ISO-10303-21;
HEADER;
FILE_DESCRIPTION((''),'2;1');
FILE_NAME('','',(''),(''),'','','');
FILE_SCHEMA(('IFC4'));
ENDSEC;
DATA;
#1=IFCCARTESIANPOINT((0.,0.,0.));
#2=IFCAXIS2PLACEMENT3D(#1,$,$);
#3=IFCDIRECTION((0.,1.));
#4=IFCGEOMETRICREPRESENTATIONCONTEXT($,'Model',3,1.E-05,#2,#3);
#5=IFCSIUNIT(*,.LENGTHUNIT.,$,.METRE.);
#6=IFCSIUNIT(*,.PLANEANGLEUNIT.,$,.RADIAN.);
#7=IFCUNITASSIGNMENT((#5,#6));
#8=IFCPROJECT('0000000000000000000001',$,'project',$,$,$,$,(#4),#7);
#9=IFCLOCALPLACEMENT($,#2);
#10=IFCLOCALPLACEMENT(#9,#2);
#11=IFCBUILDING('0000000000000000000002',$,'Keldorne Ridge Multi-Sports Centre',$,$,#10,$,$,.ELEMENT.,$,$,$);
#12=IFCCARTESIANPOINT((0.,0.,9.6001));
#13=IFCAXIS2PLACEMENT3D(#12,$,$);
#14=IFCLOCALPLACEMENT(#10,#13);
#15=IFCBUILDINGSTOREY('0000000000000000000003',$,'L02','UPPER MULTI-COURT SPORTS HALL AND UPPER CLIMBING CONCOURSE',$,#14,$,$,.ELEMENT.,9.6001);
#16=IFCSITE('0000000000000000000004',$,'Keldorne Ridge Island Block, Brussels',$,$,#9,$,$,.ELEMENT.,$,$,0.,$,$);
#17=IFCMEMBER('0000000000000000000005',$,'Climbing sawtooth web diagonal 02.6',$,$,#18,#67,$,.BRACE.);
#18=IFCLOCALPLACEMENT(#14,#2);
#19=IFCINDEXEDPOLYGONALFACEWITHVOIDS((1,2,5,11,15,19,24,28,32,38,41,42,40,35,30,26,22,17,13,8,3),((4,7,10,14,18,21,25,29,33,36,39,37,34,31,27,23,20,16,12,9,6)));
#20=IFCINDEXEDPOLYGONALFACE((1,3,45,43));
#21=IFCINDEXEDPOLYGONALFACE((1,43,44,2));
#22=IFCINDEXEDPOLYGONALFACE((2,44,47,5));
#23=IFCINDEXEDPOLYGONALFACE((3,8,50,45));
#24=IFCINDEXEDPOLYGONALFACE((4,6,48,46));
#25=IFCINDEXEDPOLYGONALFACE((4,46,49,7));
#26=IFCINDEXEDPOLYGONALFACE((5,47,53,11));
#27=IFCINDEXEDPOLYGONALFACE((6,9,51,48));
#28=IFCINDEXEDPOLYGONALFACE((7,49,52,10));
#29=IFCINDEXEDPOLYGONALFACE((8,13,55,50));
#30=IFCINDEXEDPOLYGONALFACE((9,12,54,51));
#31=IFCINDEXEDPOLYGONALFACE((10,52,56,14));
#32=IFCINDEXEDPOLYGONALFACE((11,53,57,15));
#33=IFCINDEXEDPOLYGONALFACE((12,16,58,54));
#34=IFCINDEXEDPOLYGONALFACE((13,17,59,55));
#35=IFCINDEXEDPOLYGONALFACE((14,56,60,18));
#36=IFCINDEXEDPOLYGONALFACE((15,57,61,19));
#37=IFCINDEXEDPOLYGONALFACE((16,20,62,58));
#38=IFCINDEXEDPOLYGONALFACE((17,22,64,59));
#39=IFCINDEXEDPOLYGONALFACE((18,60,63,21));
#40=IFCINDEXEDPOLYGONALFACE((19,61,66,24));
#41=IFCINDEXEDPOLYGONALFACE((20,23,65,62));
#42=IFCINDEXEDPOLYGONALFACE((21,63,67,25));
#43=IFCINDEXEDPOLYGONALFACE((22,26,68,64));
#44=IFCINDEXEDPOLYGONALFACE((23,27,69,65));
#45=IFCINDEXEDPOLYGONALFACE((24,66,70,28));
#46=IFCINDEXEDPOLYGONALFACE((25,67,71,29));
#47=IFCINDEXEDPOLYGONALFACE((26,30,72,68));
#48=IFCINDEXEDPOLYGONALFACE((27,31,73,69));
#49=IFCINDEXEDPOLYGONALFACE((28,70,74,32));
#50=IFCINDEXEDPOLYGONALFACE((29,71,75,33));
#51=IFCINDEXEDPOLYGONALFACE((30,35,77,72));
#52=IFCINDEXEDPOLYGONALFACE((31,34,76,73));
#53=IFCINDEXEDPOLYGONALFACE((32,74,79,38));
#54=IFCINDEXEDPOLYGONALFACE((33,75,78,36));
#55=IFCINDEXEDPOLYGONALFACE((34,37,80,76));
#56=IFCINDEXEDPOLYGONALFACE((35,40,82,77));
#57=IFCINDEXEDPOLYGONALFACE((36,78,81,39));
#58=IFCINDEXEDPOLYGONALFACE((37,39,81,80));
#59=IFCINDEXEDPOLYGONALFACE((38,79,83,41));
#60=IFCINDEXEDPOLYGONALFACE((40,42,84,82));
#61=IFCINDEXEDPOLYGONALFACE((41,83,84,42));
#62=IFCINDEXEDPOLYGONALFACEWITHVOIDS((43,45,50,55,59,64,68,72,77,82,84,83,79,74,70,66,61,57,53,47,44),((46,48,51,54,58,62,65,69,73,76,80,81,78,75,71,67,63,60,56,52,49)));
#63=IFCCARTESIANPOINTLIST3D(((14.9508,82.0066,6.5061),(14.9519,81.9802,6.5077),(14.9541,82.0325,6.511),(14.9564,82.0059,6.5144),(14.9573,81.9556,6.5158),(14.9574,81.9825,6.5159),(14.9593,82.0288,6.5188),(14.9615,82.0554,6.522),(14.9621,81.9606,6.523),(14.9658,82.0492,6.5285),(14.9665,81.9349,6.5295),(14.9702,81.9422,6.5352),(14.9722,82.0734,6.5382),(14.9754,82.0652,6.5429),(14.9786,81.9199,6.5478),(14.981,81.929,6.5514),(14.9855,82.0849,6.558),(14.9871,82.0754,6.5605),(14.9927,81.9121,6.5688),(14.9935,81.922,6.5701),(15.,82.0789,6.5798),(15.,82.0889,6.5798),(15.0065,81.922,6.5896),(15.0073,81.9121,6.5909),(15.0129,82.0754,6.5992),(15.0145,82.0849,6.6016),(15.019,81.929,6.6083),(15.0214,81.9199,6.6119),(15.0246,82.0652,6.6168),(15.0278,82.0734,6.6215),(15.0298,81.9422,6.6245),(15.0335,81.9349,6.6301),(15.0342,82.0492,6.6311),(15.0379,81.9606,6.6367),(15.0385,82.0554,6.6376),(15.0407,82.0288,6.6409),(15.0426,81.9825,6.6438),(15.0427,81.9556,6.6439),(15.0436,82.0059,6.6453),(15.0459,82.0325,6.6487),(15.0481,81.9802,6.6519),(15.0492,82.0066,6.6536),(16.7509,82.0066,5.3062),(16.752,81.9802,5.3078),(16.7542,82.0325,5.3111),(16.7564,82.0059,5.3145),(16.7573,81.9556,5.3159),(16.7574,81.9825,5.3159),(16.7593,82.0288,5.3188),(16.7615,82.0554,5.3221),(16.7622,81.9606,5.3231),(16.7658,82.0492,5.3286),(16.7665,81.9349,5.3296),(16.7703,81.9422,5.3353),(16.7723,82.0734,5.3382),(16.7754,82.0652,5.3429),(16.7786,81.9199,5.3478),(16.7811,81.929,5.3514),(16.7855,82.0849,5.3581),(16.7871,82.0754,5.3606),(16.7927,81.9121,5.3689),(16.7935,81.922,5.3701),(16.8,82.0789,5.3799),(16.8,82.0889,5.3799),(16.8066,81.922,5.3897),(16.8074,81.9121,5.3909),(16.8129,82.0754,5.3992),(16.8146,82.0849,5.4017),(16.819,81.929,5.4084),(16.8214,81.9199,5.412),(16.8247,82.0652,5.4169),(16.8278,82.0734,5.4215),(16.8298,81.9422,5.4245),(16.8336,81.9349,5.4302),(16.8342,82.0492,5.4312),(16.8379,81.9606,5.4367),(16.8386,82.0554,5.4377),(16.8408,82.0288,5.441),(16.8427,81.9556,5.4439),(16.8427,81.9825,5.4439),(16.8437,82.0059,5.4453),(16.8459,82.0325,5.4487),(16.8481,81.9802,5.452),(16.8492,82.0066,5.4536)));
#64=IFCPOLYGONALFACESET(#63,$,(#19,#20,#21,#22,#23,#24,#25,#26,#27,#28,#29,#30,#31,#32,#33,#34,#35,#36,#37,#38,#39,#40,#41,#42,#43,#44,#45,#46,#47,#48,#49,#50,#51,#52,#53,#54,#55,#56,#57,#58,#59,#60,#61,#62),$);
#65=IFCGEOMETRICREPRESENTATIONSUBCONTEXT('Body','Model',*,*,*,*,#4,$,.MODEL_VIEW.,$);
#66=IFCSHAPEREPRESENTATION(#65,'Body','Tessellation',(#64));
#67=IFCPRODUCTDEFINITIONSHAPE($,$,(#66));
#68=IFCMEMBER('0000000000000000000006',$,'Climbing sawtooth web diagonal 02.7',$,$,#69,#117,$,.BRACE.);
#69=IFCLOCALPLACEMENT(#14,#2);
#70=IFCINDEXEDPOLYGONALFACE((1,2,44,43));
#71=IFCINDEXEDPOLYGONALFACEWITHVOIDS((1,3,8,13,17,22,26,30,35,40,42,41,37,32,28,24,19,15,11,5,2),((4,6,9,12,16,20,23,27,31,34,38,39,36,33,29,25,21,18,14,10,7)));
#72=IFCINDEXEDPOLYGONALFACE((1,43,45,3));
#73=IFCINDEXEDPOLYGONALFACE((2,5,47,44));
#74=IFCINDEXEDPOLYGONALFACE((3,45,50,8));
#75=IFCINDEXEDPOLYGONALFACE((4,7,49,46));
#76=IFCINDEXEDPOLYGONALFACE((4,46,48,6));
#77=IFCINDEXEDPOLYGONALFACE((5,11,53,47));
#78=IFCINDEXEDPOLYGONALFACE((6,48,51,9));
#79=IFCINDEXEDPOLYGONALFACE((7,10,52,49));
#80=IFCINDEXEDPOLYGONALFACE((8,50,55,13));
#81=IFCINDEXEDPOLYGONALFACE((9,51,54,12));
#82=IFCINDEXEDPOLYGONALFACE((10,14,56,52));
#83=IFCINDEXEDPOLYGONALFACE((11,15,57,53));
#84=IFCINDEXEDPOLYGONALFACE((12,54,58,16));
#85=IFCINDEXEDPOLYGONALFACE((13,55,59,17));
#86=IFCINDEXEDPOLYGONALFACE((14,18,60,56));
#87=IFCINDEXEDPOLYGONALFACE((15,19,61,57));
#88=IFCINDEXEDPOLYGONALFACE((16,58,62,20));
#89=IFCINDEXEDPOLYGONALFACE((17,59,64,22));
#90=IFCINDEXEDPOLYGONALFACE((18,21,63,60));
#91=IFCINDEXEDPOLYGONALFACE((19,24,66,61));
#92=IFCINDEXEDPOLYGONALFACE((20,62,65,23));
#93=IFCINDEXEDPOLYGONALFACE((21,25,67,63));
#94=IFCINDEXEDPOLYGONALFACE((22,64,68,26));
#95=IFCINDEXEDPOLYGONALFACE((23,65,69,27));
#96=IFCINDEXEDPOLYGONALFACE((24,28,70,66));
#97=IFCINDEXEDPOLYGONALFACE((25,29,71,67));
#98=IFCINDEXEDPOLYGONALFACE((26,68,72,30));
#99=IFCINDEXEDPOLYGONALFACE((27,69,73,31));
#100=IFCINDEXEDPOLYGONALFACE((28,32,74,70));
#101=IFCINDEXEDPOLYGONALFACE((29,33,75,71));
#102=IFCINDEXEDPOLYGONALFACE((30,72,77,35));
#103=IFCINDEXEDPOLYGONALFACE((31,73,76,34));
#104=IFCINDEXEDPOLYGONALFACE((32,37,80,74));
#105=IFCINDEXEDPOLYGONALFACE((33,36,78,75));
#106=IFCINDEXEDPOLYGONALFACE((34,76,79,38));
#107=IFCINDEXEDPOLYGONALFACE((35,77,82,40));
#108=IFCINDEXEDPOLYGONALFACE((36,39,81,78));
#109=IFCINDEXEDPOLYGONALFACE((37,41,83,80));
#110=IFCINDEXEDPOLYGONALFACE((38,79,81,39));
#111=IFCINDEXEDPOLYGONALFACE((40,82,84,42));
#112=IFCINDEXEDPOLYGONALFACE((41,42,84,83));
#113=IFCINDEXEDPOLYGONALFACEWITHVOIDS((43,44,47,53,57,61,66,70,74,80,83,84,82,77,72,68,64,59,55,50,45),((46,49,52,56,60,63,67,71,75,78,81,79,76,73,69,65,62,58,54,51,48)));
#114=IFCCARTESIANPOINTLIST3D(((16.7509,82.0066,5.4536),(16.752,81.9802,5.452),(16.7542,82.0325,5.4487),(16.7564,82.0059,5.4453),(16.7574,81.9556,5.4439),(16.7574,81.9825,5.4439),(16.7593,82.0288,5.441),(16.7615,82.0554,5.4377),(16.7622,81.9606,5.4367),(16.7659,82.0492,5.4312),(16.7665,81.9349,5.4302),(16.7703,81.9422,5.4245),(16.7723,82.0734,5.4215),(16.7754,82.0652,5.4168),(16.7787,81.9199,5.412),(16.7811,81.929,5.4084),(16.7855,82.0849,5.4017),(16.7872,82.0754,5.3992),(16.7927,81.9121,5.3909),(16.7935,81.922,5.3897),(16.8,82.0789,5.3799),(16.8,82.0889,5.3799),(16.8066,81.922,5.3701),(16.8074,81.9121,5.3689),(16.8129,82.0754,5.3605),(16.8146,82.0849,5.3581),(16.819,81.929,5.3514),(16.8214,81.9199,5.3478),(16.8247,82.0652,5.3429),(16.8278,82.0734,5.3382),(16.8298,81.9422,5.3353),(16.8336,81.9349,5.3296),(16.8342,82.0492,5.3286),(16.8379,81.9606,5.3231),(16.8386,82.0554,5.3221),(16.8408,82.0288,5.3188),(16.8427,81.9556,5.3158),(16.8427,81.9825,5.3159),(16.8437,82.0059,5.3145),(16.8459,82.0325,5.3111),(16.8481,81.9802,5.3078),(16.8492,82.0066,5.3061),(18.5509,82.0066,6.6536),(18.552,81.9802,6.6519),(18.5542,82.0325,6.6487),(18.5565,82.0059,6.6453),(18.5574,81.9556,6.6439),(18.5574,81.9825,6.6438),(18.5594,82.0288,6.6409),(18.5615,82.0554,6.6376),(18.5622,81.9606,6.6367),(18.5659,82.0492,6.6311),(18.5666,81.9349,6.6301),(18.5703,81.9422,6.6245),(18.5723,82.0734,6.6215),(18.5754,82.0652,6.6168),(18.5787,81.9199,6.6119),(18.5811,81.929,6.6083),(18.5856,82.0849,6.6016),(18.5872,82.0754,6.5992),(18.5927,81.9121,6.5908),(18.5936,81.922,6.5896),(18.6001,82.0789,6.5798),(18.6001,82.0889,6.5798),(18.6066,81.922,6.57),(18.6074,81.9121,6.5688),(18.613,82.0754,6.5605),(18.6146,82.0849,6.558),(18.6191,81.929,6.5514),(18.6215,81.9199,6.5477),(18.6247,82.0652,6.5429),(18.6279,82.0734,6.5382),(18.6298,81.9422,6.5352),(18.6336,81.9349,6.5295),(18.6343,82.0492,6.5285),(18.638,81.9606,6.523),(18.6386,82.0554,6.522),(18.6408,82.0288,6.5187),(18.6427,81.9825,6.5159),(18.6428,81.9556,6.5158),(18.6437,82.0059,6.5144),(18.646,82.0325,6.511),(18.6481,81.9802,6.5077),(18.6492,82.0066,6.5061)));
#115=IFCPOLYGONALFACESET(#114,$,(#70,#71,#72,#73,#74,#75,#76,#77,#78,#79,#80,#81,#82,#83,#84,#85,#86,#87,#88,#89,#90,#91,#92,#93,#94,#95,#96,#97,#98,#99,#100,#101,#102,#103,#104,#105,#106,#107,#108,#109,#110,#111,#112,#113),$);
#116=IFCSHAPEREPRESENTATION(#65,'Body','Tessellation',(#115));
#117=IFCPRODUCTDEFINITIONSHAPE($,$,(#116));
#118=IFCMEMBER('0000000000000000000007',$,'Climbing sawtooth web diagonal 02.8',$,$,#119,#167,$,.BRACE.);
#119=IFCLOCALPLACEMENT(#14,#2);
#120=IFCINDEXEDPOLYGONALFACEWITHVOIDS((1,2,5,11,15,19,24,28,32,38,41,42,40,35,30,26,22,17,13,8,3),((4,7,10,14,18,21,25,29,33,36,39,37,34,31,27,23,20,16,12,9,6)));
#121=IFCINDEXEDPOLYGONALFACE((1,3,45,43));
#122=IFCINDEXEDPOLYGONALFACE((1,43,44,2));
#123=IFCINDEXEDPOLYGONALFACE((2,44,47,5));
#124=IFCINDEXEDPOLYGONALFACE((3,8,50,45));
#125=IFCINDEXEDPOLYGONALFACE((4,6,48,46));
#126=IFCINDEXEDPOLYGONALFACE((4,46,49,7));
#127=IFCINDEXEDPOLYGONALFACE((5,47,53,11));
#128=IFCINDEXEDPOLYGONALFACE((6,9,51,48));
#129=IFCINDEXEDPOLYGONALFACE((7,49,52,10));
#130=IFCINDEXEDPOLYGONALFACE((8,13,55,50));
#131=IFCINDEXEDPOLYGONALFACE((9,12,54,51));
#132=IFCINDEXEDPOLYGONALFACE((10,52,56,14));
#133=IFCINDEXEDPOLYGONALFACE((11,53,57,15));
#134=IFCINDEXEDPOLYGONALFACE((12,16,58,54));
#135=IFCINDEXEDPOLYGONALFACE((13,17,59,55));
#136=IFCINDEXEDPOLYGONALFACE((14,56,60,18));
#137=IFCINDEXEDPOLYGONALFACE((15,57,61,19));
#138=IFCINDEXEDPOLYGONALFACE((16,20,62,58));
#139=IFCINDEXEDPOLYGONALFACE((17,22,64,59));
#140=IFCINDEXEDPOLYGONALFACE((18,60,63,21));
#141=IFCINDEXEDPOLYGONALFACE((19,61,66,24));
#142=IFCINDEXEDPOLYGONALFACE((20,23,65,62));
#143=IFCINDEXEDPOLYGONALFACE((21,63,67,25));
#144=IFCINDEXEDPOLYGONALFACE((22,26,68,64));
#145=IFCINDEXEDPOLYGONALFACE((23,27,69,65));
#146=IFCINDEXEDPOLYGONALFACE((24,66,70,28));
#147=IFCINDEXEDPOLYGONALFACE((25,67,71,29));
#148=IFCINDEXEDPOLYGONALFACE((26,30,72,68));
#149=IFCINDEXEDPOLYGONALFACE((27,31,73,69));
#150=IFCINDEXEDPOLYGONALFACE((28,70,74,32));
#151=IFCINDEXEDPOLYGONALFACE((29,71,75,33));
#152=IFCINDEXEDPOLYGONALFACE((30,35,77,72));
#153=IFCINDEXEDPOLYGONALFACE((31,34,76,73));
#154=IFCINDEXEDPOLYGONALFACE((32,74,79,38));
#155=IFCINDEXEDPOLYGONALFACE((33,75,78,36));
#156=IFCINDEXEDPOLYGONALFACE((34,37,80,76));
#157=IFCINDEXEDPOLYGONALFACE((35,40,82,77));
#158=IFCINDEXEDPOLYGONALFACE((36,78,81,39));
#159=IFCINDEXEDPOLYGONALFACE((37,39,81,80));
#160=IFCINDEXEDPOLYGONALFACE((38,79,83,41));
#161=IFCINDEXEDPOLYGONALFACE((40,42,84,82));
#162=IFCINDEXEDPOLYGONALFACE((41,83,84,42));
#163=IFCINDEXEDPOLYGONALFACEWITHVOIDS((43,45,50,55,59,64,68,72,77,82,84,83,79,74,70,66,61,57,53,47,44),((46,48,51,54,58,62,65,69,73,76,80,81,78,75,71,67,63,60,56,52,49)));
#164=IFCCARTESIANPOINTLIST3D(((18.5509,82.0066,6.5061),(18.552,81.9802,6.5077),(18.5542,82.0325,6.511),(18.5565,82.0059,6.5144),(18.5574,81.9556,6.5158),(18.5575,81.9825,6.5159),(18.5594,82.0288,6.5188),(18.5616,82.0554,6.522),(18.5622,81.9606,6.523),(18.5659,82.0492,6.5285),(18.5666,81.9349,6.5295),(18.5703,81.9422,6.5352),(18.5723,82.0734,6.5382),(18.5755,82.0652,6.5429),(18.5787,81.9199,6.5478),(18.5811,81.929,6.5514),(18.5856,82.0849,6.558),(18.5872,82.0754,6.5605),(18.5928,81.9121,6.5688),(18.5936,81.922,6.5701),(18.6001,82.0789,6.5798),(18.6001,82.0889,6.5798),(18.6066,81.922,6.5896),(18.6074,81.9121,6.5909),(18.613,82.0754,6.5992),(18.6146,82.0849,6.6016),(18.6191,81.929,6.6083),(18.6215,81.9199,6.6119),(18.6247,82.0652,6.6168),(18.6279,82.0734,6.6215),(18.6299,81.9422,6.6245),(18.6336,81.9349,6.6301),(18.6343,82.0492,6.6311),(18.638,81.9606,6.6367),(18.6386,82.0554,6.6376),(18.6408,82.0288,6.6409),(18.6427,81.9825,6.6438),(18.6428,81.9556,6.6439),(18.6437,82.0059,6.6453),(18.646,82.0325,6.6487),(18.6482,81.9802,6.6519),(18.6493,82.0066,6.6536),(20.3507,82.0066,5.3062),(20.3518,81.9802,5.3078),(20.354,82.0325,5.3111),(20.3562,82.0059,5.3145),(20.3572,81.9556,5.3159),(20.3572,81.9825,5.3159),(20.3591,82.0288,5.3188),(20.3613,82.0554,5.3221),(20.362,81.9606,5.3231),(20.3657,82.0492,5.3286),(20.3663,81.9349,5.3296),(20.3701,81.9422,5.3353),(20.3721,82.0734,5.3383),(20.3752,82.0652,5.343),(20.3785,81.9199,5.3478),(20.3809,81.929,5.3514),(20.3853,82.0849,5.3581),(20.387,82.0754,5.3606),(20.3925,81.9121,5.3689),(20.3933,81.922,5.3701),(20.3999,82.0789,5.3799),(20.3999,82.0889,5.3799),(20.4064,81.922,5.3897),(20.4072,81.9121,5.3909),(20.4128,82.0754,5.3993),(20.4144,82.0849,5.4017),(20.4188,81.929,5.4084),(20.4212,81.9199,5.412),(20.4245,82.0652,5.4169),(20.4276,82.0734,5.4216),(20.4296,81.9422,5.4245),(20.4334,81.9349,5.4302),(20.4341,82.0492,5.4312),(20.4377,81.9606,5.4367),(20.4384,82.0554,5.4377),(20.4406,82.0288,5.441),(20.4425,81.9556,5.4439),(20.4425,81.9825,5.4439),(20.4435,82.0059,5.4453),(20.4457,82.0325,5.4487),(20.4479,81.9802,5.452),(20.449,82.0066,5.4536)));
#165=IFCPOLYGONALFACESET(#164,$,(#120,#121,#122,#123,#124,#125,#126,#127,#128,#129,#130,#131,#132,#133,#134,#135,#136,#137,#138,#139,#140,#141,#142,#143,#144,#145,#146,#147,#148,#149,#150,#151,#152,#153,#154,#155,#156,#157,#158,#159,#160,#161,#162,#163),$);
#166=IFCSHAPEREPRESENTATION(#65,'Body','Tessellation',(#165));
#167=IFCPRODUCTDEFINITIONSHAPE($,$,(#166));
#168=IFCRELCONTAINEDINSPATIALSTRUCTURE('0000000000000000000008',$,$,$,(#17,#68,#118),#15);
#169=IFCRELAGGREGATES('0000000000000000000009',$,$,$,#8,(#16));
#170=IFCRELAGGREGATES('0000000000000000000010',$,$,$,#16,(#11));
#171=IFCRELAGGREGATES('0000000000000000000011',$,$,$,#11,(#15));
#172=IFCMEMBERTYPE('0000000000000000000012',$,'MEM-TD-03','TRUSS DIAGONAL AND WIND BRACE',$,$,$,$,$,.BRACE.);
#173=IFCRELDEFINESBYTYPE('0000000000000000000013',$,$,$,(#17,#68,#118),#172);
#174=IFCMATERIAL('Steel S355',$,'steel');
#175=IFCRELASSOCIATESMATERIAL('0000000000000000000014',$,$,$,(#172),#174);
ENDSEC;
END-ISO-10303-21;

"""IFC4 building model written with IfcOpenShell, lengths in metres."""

from ifc_helpers import new_model, si_unit, direction, frame, origin, origin_2d, place, context, subcontext, project, spatial, hollow_circle, extrude, material, material_profile, profile_set, type_object, element, save


model = new_model("IFC4")

# Units and contexts
model_context = context("Model", 3, precision=1e-05, world=origin(), true_north=direction((0.0, 1.0)))
body_context = subcontext(model_context, "Body", "Model", "MODEL_VIEW")
ifc_project = project(units=[si_unit("LENGTHUNIT", "METRE"), si_unit("PLANEANGLEUNIT", "RADIAN")], contexts=[model_context])

# Site, building, storey
site_placement = place(None, origin())
site = spatial("IfcSite", under=ifc_project, at=site_placement, Name="Keldorne Ridge Island Block, Brussels", CompositionType="ELEMENT", RefElevation=0.0)
building_placement = place(site_placement, origin())
building = spatial("IfcBuilding", under=site, at=building_placement, Name="Keldorne Ridge Multi-Sports Centre", CompositionType="ELEMENT")
storey_placement = place(building_placement, frame((0.0, 0.0, 9.6001)))
storey = spatial("IfcBuildingStorey", under=building, at=storey_placement, Name="L02", Description="UPPER MULTI-COURT SPORTS HALL AND UPPER CLIMBING CONCOURSE", CompositionType="ELEMENT", Elevation=9.6001)

# Shared definitions
ifc_material_1 = material(Name="Steel S355", Category="steel")

# Members
ifc_material_profile_1 = material_profile(ifc_material_1, hollow_circle(Radius=0.0889, WallThickness=0.01, at=origin_2d()), Name="CHS 177.8x10")
ifc_profile_set_1 = profile_set([ifc_material_profile_1], Name="Steel S355")
member_type_1 = type_object("IfcMemberType", Name="MEM-TD-03", Description="TRUSS DIAGONAL AND WIND BRACE", PredefinedType="BRACE", material=ifc_profile_set_1)
for number, where, z_axis, x_axis, name in (
    (1, (15.0, 82.0, 6.5798), (0.832068, 0.0, -0.554674), (0.0, 1.0, 0.0), "Climbing sawtooth web diagonal 02.6"),
    (2, (16.8, 82.0, 5.3799), (0.832068, 0.0, 0.554674), (0.0, 1.0, 0.0), "Climbing sawtooth web diagonal 02.7"),
):
    element("IfcMember", number, at=place(storey_placement, frame(where, z_axis=z_axis, x_axis=x_axis)), inside=storey, type_object=member_type_1, Name=name, PredefinedType="BRACE", context=body_context, shape_type="SweptSolid", body=[
        extrude(hollow_circle(Radius=0.0889, WallThickness=0.01, at=origin_2d()), origin(), (0.0, 0.0, 1.0), 2.1633),
    ])
member_1_placement = place(storey_placement, frame((18.6001, 82.0, 6.5798), z_axis=(0.832033, 0.0, -0.554726), x_axis=(0.0, 1.0, 0.0)))
element("IfcMember", 3, at=member_1_placement, inside=storey, type_object=member_type_1, Name="Climbing sawtooth web diagonal 02.8", PredefinedType="BRACE", context=body_context, shape_type="SweptSolid", body=[
    extrude(hollow_circle(Radius=0.0889, WallThickness=0.01, at=origin_2d()), origin(), (0.0, 0.0, 1.0), 2.1631),
])

save(model, "model.ifc")
